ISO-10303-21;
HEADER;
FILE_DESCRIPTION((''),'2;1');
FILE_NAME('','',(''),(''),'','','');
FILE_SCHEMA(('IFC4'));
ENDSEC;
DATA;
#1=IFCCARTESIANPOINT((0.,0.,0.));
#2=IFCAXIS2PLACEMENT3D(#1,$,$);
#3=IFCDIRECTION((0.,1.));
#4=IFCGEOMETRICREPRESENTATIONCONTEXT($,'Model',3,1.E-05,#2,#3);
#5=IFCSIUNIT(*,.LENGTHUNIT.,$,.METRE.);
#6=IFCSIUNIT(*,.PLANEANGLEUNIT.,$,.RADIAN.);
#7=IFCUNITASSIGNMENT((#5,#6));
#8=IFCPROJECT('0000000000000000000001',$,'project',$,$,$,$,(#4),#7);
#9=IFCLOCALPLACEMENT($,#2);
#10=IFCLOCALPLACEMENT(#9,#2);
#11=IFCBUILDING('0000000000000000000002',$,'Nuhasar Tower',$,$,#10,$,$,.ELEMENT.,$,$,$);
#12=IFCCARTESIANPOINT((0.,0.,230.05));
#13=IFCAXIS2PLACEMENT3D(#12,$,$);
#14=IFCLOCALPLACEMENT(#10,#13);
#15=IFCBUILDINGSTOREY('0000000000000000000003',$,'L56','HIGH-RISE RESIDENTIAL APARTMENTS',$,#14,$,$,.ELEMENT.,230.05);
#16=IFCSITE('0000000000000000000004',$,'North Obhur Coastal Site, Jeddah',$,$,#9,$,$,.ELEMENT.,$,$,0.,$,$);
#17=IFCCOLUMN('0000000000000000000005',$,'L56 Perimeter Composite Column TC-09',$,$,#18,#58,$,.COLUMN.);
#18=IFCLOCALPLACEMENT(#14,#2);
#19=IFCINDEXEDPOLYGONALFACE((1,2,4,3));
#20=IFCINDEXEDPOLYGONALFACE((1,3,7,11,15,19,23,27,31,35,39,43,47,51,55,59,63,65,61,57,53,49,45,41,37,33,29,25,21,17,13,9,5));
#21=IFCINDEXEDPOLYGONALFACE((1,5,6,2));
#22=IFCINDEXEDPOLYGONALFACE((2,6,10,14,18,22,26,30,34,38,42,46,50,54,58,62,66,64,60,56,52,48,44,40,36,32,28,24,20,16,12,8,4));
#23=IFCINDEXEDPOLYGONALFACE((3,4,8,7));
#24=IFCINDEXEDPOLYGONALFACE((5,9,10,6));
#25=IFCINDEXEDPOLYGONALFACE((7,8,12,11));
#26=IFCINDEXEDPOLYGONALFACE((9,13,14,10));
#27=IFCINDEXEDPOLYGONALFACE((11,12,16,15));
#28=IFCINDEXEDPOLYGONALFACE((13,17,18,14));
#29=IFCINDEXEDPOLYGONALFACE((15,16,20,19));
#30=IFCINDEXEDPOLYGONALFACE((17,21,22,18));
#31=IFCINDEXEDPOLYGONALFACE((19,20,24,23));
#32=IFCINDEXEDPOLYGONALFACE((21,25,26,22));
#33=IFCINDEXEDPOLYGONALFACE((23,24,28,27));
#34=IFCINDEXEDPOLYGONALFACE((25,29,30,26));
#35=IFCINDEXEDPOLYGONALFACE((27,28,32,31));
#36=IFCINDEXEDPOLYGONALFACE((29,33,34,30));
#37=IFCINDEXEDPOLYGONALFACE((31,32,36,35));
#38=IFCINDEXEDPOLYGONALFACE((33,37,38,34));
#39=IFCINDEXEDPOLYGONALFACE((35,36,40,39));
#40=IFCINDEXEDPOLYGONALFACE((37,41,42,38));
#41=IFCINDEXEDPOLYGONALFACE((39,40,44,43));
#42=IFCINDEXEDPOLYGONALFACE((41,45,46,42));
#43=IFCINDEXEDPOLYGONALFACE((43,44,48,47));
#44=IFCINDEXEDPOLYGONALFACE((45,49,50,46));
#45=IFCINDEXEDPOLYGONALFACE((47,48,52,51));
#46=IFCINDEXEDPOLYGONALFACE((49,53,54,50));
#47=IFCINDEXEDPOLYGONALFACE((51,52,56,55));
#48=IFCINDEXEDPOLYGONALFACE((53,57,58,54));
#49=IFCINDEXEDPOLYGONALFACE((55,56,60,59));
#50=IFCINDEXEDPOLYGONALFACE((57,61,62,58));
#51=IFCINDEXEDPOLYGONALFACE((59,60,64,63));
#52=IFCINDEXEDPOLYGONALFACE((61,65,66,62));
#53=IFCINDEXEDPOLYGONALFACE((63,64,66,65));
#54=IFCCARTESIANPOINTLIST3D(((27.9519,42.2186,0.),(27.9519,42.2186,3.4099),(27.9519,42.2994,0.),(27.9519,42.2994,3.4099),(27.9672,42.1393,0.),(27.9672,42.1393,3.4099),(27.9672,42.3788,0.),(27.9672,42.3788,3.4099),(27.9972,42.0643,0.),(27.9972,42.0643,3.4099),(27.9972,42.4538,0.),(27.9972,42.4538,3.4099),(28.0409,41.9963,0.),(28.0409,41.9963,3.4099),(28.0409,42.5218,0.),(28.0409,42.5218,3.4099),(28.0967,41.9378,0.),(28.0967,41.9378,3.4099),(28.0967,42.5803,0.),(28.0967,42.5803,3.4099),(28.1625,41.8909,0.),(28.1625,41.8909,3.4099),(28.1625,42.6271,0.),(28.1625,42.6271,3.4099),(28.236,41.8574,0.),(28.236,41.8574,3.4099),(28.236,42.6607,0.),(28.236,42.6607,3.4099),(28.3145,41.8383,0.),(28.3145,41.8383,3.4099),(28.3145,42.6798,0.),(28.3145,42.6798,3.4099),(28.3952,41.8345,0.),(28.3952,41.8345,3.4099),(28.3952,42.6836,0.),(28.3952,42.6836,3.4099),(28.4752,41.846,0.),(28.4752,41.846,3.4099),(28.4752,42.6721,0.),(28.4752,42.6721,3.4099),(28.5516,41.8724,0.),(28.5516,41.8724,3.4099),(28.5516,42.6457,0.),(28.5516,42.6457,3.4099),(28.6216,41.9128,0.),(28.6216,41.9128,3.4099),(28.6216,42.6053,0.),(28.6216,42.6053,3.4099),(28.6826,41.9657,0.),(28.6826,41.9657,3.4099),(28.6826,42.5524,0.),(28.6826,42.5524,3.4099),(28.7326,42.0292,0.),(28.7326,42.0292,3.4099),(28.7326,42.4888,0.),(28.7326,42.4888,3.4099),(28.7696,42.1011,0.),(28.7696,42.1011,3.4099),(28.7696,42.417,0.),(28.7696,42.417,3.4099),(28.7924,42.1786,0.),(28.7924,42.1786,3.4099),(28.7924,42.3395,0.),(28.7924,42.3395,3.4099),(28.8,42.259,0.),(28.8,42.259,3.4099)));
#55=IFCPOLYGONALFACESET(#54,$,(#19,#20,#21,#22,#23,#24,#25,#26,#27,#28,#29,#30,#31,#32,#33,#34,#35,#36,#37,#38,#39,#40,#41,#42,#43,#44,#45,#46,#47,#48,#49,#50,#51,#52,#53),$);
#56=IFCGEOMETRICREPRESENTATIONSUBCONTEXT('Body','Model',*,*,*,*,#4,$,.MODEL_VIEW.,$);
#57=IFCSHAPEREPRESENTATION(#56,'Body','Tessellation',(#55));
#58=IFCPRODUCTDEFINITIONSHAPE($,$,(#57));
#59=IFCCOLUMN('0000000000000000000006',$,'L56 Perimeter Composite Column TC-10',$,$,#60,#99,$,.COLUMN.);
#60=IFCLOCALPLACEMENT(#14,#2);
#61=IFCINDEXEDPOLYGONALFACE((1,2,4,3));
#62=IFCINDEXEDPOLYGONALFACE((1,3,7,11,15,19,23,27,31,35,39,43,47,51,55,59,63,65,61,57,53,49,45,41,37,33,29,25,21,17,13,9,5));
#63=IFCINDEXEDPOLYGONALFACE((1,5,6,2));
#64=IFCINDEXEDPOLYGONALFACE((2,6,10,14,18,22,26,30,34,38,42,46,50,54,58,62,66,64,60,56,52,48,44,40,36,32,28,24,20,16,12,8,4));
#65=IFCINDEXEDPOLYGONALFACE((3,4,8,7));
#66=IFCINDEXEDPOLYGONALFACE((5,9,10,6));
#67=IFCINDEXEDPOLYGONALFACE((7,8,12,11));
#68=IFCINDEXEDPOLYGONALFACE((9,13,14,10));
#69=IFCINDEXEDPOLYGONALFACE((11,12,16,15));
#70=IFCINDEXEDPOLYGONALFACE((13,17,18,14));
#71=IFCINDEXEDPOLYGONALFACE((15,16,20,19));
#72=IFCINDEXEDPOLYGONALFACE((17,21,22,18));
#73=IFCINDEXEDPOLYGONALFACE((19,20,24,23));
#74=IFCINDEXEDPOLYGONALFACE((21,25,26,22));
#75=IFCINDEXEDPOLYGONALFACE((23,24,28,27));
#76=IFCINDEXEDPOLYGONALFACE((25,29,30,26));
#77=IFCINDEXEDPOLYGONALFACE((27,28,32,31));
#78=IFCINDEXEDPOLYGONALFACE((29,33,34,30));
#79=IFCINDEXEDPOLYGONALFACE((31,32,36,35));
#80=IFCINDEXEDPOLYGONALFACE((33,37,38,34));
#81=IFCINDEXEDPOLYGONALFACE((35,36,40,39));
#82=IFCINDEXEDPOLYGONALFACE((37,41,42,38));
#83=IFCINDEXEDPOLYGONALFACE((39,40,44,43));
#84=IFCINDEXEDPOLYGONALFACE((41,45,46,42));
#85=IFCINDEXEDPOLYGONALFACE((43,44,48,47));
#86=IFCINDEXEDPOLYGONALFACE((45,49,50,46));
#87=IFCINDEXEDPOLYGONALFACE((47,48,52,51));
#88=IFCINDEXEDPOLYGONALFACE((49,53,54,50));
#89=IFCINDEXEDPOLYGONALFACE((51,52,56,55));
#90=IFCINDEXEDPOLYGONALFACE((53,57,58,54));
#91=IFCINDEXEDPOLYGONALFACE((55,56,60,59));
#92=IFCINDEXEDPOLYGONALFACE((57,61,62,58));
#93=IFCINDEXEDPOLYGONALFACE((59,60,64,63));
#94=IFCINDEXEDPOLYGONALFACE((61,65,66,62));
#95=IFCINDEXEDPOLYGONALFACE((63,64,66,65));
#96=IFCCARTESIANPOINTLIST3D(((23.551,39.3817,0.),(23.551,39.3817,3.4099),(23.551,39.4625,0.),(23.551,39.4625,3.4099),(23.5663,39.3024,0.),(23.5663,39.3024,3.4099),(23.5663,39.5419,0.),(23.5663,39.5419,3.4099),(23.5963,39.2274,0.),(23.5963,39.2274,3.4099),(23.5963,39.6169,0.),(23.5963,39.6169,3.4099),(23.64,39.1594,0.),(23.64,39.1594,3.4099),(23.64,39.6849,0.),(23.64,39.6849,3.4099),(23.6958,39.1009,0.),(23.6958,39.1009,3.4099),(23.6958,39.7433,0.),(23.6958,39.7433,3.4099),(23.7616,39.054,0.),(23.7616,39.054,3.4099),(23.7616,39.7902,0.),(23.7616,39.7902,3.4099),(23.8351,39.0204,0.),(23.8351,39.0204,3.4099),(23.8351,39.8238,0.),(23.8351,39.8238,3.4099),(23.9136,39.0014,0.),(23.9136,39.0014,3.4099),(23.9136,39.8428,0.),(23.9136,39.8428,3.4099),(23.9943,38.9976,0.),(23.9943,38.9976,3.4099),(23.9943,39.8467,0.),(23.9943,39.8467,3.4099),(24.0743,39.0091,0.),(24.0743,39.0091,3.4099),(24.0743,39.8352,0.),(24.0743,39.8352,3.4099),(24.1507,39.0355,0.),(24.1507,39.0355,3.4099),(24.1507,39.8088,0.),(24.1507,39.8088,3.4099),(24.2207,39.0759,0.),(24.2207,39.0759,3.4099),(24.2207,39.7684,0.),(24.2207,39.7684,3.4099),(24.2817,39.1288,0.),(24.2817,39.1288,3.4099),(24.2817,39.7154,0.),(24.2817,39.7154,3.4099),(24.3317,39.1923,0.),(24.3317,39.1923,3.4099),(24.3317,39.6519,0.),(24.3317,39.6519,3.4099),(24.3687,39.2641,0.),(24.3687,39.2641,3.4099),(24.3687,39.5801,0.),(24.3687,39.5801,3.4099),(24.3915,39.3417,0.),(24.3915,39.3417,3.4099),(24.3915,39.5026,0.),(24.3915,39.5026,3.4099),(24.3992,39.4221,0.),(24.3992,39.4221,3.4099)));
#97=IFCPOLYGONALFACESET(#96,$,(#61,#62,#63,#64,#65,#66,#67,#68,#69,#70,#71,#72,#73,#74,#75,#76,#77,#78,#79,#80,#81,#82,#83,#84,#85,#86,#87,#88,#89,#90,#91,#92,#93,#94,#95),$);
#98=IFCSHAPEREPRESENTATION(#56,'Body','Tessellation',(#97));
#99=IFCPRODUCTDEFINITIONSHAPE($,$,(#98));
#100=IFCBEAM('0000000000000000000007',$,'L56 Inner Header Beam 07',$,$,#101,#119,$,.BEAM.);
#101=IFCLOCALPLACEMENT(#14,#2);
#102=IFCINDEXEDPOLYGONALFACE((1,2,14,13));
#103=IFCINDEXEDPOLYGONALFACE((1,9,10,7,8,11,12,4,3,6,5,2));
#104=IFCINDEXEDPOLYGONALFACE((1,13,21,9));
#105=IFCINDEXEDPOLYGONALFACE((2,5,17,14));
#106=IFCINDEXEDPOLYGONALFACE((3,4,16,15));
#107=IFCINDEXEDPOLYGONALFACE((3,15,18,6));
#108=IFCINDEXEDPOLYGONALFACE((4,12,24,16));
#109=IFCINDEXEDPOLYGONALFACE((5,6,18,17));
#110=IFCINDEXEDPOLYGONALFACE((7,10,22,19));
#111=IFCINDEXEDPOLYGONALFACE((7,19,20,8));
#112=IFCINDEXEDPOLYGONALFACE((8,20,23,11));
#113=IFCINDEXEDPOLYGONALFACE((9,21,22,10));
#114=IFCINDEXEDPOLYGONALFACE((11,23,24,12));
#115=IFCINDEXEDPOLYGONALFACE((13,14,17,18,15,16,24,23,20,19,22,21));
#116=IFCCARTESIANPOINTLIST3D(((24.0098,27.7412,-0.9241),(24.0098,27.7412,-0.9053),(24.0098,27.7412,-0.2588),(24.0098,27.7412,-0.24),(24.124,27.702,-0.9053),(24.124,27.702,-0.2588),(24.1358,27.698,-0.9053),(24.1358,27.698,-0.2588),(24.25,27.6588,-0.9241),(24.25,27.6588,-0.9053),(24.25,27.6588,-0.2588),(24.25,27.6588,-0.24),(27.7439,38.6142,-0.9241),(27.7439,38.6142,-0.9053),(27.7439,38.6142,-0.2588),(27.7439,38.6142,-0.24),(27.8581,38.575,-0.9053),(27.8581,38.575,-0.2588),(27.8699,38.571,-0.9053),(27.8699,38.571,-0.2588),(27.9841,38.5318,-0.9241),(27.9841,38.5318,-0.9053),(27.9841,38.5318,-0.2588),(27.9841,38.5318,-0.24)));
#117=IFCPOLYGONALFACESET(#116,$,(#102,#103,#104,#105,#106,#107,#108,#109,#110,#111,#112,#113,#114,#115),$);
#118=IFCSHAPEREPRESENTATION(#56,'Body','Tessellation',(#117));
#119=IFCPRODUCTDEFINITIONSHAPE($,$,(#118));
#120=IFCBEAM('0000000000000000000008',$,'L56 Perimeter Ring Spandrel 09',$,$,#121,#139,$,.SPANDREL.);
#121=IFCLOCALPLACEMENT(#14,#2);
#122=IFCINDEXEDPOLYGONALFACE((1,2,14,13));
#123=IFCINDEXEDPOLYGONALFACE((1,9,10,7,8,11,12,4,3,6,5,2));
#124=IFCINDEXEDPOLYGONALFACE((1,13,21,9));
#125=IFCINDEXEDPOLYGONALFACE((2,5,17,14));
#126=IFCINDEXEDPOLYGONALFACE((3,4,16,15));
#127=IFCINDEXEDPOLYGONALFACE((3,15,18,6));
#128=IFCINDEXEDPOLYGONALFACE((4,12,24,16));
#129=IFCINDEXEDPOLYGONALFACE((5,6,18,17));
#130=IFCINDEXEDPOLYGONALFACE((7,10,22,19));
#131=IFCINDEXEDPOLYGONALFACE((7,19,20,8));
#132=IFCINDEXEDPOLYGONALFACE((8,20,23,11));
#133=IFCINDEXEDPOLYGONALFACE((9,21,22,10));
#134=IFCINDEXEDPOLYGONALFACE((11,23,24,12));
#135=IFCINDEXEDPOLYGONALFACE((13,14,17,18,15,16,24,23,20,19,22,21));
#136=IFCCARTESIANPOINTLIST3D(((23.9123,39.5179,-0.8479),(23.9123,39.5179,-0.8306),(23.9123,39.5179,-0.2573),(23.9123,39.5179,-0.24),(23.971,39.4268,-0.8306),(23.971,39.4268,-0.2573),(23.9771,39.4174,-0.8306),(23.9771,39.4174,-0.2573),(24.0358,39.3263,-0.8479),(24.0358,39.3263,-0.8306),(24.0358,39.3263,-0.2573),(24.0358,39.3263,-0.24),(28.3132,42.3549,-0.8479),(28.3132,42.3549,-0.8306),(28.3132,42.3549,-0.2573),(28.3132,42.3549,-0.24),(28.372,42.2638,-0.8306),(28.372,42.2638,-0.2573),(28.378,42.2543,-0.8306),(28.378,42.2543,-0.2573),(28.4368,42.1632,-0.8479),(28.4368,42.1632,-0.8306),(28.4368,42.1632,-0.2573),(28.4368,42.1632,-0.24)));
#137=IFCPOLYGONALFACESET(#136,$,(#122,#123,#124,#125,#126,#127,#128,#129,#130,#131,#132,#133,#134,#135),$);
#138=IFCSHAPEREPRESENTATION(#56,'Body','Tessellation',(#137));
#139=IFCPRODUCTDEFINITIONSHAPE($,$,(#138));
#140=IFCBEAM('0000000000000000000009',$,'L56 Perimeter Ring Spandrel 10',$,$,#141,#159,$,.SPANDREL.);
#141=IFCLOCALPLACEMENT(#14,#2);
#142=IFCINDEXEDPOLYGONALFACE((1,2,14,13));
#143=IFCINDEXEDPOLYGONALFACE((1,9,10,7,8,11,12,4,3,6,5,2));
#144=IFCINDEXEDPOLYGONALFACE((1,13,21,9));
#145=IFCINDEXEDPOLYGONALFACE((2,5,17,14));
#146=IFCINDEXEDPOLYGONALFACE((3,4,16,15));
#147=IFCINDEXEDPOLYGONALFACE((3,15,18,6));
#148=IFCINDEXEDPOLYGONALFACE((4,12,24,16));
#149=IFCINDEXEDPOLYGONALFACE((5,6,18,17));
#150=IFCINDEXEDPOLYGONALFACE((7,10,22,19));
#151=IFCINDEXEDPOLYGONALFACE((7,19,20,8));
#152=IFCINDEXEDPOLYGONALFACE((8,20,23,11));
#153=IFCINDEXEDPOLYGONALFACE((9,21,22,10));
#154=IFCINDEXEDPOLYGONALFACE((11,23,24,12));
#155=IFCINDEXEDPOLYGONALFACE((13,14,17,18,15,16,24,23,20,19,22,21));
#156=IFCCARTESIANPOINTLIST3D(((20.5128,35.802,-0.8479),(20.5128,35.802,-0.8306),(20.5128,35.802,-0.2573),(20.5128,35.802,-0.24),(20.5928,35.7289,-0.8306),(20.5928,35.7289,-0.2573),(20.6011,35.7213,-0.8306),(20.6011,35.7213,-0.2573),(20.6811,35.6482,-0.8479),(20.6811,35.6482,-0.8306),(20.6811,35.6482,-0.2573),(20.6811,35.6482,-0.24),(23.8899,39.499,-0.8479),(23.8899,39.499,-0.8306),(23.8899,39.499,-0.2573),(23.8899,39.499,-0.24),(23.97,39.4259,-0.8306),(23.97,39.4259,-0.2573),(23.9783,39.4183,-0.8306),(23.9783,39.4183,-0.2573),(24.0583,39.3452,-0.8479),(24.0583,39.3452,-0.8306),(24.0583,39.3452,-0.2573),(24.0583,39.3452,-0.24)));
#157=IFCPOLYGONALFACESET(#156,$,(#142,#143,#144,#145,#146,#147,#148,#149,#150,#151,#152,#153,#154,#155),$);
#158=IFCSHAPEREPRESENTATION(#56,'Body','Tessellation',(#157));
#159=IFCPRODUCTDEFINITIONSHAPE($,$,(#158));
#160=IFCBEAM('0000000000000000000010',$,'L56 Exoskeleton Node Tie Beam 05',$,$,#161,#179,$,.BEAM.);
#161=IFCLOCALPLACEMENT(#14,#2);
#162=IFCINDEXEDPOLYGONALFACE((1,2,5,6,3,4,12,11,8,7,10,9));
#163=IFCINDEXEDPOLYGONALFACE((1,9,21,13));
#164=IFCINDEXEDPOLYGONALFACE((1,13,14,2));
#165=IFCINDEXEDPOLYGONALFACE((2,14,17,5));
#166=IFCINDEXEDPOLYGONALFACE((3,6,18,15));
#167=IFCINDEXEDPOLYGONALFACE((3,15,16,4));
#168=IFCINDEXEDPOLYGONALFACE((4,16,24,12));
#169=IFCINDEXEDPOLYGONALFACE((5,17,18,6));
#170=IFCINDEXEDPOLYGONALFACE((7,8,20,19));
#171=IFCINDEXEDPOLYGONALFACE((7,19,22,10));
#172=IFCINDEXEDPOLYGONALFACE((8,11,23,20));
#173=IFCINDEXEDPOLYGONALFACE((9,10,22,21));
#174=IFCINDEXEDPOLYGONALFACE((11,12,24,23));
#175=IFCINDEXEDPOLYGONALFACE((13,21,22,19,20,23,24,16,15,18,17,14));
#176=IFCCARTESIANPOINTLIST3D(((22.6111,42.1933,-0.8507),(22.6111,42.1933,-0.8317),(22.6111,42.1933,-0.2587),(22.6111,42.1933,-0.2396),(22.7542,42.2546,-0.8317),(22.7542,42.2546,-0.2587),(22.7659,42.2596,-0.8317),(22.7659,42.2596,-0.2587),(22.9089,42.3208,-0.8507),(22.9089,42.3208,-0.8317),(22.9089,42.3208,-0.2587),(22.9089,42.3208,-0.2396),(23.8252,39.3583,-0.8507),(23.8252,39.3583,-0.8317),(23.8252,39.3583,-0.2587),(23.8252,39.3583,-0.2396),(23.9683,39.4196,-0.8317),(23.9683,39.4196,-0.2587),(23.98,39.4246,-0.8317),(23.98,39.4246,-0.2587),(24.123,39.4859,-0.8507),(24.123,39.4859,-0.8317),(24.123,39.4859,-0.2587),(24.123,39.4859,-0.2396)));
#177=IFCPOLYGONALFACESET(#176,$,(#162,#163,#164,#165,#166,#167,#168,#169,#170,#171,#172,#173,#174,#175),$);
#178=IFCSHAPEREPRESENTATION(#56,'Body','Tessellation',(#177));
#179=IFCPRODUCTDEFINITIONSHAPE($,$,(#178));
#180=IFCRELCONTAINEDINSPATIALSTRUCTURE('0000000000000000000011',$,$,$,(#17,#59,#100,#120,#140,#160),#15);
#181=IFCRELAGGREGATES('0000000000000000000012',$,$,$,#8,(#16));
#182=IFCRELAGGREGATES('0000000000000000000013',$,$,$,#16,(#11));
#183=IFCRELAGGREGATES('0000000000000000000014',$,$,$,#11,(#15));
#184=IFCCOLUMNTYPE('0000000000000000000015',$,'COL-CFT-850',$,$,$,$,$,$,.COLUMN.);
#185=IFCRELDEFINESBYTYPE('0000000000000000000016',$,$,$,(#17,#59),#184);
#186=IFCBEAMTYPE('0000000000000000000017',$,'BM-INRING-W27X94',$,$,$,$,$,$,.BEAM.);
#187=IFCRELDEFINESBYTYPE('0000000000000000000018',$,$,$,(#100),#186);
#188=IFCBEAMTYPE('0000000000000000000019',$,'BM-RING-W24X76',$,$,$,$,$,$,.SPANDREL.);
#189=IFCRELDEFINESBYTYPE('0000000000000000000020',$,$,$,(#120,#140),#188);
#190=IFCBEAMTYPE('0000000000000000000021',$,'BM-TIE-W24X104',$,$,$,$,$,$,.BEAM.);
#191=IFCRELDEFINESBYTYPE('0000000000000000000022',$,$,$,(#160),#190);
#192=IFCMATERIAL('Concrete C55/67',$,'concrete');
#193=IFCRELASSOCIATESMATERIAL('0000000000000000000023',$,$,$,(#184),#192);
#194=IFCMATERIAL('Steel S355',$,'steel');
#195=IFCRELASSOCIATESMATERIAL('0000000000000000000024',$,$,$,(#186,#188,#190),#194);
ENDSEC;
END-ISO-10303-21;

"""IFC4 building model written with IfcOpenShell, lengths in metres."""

from ifc_helpers import new_model, si_unit, direction, frame, origin, origin_2d, place, context, subcontext, project, spatial, circle, i_section, extrude, material, material_profile, profile_set, type_object, element, save


model = new_model("IFC4")

# Units and contexts
model_context = context("Model", 3, precision=1e-05, world=origin(), true_north=direction((0.0, 1.0)))
body_context = subcontext(model_context, "Body", "Model", "MODEL_VIEW")
ifc_project = project(units=[si_unit("LENGTHUNIT", "METRE"), si_unit("PLANEANGLEUNIT", "RADIAN")], contexts=[model_context])

# Site, building, storey
site_placement = place(None, origin())
site = spatial("IfcSite", under=ifc_project, at=site_placement, Name="North Obhur Coastal Site, Jeddah", CompositionType="ELEMENT", RefElevation=0.0)
building_placement = place(site_placement, origin())
building = spatial("IfcBuilding", under=site, at=building_placement, Name="Nuhasar Tower", CompositionType="ELEMENT")
storey_placement = place(building_placement, frame((0.0, 0.0, 230.05)))
storey = spatial("IfcBuildingStorey", under=building, at=storey_placement, Name="L56", Description="HIGH-RISE RESIDENTIAL APARTMENTS", CompositionType="ELEMENT", Elevation=230.05)

# Columns
ifc_material_1 = material(Name="Concrete C55/67", Category="concrete")
ifc_material_profile_1 = material_profile(ifc_material_1, circle(Radius=0.425, at=origin_2d()), Name="CFT850")
ifc_profile_set_1 = profile_set([ifc_material_profile_1], Name="Concrete C55/67")
column_type = type_object("IfcColumnType", Name="COL-CFT-850", PredefinedType="COLUMN", material=ifc_profile_set_1)
for number, where, z_axis, x_axis, name in (
    (1, (28.375, 42.259, 0.0), (0.0, 0.0, 1.0), (1.0, 0.0, 0.0), "L56 Perimeter Composite Column TC-09"),
    (2, (23.9741, 39.4221, 0.0), (0.0, 0.0, 1.0), (1.0, 0.0, 0.0), "L56 Perimeter Composite Column TC-10"),
):
    element("IfcColumn", number, at=place(storey_placement, frame(where, z_axis=z_axis, x_axis=x_axis)), inside=storey, type_object=column_type, Name=name, PredefinedType="COLUMN", context=body_context, shape_type="SweptSolid", body=[
        extrude(circle(Radius=0.425, at=origin_2d()), origin(), (0.0, 0.0, 1.0), 3.4099),
    ])

# Beams
ifc_material_2 = material(Name="Steel S355", Category="steel")
ifc_material_profile_2 = material_profile(ifc_material_2, i_section(OverallWidth=0.2539, OverallDepth=0.6841, WebThickness=0.0125, FlangeThickness=0.0188, at=origin_2d()), Name="W27X94")
ifc_profile_set_2 = profile_set([ifc_material_profile_2], Name="Steel S355")
beam_type_1 = type_object("IfcBeamType", Name="BM-INRING-W27X94", PredefinedType="BEAM", material=ifc_profile_set_2)
beam_1_placement = place(storey_placement, frame((27.864, 38.573, -0.582), z_axis=(-0.324809, -0.94578, 0.0), x_axis=(0.94578, -0.324809, 0.0)))
element("IfcBeam", 3, at=beam_1_placement, inside=storey, type_object=beam_type_1, Name="L56 Inner Header Beam 07", PredefinedType="BEAM", context=body_context, shape_type="SweptSolid", body=[
    extrude(i_section(OverallWidth=0.2539, OverallDepth=0.6841, WebThickness=0.0125, FlangeThickness=0.0188, at=origin_2d()), origin(), (0.0, 0.0, 1.0), 11.4963),
])
ifc_material_profile_3 = material_profile(ifc_material_2, i_section(OverallWidth=0.228, OverallDepth=0.6079, WebThickness=0.0112, FlangeThickness=0.0173, at=origin_2d()), Name="W24X76")
ifc_profile_set_3 = profile_set([ifc_material_profile_3], Name="Steel S355")
beam_type_2 = type_object("IfcBeamType", Name="BM-RING-W24X76", PredefinedType="SPANDREL", material=ifc_profile_set_3)
beam_2_placement = place(storey_placement, frame((28.375, 42.259, -0.5439), z_axis=(-0.840502, -0.541808, 0.0), x_axis=(0.541808, -0.840502, 0.0)))
element("IfcBeam", 4, at=beam_2_placement, inside=storey, type_object=beam_type_2, Name="L56 Perimeter Ring Spandrel 09", PredefinedType="SPANDREL", context=body_context, shape_type="SweptSolid", body=[
    extrude(i_section(OverallWidth=0.228, OverallDepth=0.6079, WebThickness=0.0112, FlangeThickness=0.0173, at=origin_2d()), origin(), (0.0, 0.0, 1.0), 5.2361),
])
beam_3_placement = place(storey_placement, frame((23.9741, 39.4221, -0.5439), z_axis=(-0.67445, -0.738321, 0.0), x_axis=(0.738321, -0.67445, 0.0)))
element("IfcBeam", 5, at=beam_3_placement, inside=storey, type_object=beam_type_2, Name="L56 Perimeter Ring Spandrel 10", PredefinedType="SPANDREL", context=body_context, shape_type="SweptSolid", body=[
    extrude(i_section(OverallWidth=0.228, OverallDepth=0.6079, WebThickness=0.0112, FlangeThickness=0.0173, at=origin_2d()), origin(), (0.0, 0.0, 1.0), 5.0073),
])
ifc_material_profile_4 = material_profile(ifc_material_2, i_section(OverallWidth=0.324, OverallDepth=0.6111, WebThickness=0.0127, FlangeThickness=0.019, at=origin_2d()), Name="W24X104")
ifc_profile_set_4 = profile_set([ifc_material_profile_4], Name="Steel S355")
beam_type_3 = type_object("IfcBeamType", Name="BM-TIE-W24X104", PredefinedType="BEAM", material=ifc_profile_set_4)
beam_4_placement = place(storey_placement, frame((23.9741, 39.4221, -0.5452), z_axis=(-0.39368, 0.919247, 0.0), x_axis=(-0.919247, -0.39368, 0.0)))
element("IfcBeam", 6, at=beam_4_placement, inside=storey, type_object=beam_type_3, Name="L56 Exoskeleton Node Tie Beam 05", PredefinedType="BEAM", context=body_context, shape_type="SweptSolid", body=[
    extrude(i_section(OverallWidth=0.324, OverallDepth=0.6111, WebThickness=0.0127, FlangeThickness=0.019, at=origin_2d()), origin(), (0.0, 0.0, 1.0), 3.084),
])

save(model, "model.ifc")
